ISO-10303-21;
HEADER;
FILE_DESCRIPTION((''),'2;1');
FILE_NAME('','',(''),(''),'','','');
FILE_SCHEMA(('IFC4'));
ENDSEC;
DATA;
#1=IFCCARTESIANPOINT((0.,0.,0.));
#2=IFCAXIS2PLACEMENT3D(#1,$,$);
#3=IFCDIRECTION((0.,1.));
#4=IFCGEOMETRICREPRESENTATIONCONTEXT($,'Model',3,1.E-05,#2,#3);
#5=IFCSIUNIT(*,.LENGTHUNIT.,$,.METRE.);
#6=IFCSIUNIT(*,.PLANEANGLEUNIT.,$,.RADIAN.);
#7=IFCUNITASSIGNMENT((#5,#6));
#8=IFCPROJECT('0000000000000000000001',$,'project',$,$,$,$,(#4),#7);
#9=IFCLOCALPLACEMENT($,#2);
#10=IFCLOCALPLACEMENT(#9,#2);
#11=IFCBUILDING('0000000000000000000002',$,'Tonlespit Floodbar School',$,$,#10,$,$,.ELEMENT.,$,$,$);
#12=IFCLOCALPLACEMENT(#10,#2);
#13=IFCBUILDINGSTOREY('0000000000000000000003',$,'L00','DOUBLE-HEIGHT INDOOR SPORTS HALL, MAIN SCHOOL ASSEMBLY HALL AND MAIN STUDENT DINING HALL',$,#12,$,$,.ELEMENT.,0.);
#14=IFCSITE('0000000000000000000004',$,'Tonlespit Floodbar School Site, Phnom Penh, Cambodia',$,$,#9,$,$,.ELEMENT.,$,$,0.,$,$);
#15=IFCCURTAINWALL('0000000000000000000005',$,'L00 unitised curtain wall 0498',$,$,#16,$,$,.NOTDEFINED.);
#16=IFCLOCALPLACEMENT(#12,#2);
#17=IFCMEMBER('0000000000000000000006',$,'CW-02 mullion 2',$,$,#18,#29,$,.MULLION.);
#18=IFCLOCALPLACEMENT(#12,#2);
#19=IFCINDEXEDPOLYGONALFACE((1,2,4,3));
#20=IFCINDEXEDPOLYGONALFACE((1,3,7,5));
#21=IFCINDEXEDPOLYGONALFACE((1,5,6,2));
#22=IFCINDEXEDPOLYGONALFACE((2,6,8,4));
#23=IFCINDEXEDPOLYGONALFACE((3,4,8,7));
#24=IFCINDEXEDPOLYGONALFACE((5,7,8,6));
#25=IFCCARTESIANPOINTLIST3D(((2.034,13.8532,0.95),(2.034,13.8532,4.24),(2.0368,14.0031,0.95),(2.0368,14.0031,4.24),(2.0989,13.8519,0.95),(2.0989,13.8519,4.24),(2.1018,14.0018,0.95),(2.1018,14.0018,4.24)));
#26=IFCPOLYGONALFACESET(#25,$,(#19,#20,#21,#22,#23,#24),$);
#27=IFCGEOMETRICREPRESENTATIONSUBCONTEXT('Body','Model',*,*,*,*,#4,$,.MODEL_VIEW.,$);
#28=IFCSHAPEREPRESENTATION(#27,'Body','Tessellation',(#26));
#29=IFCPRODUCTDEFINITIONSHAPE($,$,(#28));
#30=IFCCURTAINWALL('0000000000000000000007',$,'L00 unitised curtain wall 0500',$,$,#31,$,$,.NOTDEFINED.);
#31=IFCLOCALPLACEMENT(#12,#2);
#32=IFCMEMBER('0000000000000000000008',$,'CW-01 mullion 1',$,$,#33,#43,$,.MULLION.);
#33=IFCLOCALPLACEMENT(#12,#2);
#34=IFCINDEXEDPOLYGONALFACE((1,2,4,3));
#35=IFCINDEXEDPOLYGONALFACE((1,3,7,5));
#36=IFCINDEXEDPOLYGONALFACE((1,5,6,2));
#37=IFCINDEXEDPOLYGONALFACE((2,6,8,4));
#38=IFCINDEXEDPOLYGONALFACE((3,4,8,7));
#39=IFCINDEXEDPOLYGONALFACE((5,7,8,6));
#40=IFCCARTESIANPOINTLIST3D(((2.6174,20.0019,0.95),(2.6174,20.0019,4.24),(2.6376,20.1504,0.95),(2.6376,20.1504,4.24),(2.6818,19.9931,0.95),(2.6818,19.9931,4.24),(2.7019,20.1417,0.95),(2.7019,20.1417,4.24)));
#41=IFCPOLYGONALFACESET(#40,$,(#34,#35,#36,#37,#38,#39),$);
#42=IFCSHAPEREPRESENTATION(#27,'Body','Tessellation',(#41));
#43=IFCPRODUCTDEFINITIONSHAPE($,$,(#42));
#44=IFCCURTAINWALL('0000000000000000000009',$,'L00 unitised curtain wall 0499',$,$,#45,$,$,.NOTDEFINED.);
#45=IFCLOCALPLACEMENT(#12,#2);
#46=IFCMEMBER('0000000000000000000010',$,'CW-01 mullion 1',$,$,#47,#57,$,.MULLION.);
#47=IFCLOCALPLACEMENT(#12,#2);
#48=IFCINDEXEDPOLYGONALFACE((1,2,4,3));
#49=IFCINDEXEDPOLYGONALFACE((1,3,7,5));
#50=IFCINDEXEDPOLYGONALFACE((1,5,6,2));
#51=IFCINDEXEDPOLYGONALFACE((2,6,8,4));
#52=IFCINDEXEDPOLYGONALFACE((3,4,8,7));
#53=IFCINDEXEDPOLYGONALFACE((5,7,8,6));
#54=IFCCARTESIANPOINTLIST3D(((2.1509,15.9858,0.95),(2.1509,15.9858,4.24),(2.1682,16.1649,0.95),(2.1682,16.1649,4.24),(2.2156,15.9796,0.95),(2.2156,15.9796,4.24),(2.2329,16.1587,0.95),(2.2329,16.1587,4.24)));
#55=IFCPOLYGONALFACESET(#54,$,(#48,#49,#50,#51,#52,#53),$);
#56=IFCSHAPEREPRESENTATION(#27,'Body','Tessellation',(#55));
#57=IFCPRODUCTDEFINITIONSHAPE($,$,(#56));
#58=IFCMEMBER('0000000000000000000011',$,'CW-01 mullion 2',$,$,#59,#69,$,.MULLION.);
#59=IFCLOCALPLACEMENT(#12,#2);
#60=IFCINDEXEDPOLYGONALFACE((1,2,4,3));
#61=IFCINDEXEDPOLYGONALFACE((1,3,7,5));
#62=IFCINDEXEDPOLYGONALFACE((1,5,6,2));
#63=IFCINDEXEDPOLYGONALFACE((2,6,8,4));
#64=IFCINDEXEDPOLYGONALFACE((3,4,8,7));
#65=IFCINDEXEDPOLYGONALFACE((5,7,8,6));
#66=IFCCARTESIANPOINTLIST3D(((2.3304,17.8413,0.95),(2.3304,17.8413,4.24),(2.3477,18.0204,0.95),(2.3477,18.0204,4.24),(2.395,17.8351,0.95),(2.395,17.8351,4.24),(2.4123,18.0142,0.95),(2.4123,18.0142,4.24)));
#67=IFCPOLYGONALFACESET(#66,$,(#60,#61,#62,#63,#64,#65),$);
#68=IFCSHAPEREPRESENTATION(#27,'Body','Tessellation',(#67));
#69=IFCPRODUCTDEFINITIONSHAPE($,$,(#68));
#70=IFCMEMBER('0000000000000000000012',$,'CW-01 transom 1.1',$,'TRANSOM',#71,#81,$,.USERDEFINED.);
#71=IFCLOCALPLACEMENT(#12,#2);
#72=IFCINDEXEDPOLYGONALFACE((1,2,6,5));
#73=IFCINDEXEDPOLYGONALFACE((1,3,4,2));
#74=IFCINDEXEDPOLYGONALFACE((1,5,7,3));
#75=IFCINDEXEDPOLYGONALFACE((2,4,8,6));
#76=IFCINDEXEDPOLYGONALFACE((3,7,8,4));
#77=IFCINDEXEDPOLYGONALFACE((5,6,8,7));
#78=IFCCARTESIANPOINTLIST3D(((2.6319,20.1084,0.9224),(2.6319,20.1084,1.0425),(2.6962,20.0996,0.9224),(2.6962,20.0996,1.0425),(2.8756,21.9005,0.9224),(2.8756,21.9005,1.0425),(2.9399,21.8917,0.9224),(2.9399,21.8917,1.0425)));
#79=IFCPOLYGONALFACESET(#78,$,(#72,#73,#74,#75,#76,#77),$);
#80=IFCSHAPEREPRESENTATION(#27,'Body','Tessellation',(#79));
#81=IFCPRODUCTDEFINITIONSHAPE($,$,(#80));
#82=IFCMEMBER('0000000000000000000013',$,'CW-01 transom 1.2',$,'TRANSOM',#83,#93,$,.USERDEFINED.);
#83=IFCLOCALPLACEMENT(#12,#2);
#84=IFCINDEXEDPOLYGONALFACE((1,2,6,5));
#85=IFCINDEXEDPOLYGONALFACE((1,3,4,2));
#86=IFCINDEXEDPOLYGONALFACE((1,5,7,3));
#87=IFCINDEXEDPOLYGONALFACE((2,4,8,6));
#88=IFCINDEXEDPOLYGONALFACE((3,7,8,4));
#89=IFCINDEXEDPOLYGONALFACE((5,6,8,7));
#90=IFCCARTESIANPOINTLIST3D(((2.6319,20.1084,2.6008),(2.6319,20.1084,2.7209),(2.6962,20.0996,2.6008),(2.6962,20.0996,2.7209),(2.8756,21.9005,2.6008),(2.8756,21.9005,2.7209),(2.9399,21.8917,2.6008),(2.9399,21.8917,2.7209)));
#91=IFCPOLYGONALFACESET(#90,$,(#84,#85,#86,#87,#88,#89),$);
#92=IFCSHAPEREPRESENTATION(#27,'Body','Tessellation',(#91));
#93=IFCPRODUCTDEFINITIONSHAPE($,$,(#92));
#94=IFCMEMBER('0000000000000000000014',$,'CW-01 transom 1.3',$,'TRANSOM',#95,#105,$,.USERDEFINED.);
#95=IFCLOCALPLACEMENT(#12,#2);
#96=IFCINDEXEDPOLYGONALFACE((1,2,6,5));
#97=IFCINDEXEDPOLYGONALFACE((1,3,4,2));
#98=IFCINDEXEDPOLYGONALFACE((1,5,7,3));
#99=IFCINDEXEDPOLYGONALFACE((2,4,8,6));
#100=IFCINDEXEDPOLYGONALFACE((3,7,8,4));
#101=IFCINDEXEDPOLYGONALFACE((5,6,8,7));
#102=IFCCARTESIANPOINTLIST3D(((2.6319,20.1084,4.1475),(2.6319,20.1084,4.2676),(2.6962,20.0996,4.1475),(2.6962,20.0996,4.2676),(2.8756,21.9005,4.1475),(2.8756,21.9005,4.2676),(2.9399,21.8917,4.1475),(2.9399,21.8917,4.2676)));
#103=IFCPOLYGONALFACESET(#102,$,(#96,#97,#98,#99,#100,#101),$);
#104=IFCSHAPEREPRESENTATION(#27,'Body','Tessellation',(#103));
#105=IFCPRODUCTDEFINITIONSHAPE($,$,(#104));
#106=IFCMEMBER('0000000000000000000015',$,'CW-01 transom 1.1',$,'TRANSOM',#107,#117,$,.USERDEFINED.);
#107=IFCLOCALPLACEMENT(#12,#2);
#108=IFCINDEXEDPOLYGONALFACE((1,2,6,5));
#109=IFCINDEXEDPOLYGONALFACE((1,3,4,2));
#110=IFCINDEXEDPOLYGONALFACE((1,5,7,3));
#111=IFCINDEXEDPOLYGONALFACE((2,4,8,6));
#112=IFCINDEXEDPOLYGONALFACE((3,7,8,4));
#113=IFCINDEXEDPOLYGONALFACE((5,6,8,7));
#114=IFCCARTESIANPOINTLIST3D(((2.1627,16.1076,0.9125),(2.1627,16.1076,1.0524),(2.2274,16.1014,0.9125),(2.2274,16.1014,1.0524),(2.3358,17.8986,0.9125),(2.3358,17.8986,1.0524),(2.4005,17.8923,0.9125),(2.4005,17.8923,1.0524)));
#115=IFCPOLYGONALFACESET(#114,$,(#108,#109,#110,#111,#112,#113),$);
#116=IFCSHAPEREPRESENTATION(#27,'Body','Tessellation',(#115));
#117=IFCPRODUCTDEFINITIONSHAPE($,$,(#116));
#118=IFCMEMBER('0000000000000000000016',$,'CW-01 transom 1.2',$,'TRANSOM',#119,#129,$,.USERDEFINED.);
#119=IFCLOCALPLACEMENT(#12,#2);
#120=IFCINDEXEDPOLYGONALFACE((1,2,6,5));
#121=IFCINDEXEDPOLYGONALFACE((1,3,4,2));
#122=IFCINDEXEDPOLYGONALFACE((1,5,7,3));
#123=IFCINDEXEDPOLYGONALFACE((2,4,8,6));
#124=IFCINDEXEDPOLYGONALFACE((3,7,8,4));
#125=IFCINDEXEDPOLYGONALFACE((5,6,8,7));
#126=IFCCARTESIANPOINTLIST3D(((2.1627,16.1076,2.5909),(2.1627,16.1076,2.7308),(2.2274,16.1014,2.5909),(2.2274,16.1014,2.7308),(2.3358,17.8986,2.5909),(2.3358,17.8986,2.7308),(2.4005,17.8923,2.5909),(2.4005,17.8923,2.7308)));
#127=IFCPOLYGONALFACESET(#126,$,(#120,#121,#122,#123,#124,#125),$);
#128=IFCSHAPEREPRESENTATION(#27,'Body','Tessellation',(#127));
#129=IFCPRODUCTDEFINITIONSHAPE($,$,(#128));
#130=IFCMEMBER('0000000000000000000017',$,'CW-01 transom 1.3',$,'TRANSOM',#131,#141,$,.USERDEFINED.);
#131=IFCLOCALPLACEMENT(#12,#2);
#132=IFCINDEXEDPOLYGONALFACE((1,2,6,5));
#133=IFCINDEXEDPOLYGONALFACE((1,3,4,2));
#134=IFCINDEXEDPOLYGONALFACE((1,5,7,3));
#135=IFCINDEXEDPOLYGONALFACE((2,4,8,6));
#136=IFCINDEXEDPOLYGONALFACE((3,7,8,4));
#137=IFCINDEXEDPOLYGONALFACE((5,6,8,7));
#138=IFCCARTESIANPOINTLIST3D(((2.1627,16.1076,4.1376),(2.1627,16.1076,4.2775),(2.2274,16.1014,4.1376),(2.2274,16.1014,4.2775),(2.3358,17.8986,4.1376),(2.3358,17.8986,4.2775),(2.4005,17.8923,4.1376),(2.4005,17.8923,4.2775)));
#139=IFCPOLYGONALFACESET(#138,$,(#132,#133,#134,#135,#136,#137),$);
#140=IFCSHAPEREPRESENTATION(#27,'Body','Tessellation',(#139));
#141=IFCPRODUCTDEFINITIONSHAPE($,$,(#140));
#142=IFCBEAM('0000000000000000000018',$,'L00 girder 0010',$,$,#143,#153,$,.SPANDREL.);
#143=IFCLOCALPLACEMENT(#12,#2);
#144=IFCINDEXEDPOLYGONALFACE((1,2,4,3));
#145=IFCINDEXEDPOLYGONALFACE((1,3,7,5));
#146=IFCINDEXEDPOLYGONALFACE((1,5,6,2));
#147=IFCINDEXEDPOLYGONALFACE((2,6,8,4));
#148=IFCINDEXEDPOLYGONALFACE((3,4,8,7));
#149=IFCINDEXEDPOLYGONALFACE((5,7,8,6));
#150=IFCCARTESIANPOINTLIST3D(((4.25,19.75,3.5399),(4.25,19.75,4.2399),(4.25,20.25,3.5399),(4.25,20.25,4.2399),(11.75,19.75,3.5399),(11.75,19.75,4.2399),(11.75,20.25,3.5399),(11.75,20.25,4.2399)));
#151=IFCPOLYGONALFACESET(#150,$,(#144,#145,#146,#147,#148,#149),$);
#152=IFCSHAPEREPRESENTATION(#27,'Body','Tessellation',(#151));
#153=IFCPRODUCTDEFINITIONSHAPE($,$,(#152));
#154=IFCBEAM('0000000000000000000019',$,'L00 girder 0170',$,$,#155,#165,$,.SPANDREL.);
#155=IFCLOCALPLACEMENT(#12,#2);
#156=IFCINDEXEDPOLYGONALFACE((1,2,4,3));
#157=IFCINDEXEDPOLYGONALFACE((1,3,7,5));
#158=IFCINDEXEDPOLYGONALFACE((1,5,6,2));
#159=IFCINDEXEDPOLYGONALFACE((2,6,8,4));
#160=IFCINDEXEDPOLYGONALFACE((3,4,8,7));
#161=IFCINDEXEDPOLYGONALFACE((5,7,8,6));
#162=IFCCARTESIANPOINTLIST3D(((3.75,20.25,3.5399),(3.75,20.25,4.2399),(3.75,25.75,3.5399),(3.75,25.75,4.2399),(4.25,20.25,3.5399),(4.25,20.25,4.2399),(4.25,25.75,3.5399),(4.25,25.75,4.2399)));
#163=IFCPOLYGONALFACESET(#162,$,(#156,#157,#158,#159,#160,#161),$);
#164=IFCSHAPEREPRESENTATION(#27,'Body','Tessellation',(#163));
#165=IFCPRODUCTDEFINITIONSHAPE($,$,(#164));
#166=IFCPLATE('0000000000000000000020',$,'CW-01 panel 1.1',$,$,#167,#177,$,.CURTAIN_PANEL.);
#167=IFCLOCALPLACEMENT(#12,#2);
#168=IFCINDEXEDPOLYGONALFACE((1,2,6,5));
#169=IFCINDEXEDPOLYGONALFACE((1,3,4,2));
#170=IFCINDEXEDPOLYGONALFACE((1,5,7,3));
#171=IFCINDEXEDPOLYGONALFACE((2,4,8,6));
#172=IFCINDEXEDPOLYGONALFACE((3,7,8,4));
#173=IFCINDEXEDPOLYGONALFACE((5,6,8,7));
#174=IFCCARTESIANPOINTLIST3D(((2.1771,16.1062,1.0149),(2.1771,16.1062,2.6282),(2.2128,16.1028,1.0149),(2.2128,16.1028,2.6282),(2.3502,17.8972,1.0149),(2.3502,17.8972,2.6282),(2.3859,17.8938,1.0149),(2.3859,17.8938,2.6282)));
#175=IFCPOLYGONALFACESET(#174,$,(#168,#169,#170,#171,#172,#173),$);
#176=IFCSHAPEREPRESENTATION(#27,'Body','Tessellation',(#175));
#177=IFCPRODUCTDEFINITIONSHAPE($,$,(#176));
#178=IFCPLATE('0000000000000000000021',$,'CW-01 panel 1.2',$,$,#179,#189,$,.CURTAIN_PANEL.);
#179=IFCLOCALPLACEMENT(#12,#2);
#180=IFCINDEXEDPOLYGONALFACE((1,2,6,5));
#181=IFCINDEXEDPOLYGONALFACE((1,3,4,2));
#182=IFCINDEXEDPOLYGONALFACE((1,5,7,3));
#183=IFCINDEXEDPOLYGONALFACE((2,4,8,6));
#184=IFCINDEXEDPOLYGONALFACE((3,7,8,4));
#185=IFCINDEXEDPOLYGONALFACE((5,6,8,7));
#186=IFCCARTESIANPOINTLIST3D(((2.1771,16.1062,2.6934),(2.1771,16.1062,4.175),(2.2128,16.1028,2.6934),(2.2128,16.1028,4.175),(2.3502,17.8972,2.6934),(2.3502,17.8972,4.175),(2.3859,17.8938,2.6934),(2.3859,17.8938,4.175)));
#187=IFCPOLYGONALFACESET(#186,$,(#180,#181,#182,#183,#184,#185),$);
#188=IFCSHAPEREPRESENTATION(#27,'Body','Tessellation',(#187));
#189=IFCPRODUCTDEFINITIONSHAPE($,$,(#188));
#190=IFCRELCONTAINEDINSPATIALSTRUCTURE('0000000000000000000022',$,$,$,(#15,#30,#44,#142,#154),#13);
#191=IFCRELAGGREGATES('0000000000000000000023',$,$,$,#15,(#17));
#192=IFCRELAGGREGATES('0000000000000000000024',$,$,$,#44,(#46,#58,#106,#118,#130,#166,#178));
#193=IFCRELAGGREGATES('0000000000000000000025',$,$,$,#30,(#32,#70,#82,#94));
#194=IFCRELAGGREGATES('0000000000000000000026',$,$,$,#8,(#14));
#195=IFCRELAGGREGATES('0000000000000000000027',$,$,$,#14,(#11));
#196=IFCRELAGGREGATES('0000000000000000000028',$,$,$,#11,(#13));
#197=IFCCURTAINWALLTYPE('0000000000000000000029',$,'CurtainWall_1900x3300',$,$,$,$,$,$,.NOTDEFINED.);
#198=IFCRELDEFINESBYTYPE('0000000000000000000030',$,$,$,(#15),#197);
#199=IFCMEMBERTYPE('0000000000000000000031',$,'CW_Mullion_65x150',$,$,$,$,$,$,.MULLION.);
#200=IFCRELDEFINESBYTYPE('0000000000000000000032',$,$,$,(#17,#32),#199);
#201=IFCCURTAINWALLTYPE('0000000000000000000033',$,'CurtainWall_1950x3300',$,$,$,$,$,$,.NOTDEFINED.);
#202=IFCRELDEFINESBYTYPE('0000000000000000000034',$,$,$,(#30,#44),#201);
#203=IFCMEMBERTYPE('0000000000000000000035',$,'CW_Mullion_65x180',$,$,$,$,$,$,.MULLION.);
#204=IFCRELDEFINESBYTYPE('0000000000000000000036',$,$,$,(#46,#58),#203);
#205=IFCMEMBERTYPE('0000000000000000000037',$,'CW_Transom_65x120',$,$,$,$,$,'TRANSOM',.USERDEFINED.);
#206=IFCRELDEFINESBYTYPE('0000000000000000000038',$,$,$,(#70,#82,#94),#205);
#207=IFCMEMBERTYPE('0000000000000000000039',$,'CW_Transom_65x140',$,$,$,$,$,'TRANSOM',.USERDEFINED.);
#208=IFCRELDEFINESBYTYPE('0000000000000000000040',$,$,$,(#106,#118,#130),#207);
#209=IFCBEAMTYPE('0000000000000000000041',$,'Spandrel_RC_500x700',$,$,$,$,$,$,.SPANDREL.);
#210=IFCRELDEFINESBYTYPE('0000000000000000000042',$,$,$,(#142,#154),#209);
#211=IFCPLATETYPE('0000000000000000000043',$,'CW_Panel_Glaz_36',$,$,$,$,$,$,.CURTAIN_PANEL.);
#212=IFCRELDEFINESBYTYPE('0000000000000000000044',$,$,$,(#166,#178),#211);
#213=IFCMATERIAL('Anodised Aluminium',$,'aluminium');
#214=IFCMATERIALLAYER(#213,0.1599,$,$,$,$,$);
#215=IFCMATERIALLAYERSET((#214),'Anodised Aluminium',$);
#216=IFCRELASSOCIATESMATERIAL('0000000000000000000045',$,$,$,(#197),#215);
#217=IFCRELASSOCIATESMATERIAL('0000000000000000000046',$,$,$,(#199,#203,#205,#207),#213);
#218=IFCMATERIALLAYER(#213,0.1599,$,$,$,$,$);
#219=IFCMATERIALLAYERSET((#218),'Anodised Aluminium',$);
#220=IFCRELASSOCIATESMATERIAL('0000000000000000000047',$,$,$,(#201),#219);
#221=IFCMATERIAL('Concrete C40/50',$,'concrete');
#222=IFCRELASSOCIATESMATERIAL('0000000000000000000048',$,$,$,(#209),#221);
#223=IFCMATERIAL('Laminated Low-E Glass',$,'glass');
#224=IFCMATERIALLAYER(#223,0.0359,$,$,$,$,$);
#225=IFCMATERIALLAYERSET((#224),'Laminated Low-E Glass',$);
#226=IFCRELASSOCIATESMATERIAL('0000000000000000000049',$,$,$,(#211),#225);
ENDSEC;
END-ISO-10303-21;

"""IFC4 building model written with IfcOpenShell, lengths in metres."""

from ifc_helpers import new_model, si_unit, direction, frame, origin, origin_2d, place, context, subcontext, project, spatial, rectangle, extrude, material, layer, layer_set, material_profile, profile_set, type_object, element, aggregate, save


model = new_model("IFC4")

# Units and contexts
model_context = context("Model", 3, precision=1e-05, world=origin(), true_north=direction((0.0, 1.0)))
body_context = subcontext(model_context, "Body", "Model", "MODEL_VIEW")
ifc_project = project(units=[si_unit("LENGTHUNIT", "METRE"), si_unit("PLANEANGLEUNIT", "RADIAN")], contexts=[model_context])

# Site, building, storey
site_placement = place(None, origin())
site = spatial("IfcSite", under=ifc_project, at=site_placement, Name="Tonlespit Floodbar School Site, Phnom Penh, Cambodia", CompositionType="ELEMENT", RefElevation=0.0)
building_placement = place(site_placement, origin())
building = spatial("IfcBuilding", under=site, at=building_placement, Name="Tonlespit Floodbar School", CompositionType="ELEMENT")
storey_placement = place(building_placement, origin())
storey = spatial("IfcBuildingStorey", under=building, at=storey_placement, Name="L00", Description="DOUBLE-HEIGHT INDOOR SPORTS HALL, MAIN SCHOOL ASSEMBLY HALL AND MAIN STUDENT DINING HALL", CompositionType="ELEMENT", Elevation=0.0)

# Shared definitions
ifc_material_1 = material(Name="Concrete C40/50", Category="concrete")

# Curtain walls, members
ifc_material_2 = material(Name="Anodised Aluminium", Category="aluminium")
ifc_layer_1 = layer(ifc_material_2, 0.1599)
ifc_layer_set_1 = layer_set([ifc_layer_1], Name="Anodised Aluminium")
curtain_wall_type_1 = type_object("IfcCurtainWallType", Name="CurtainWall_1900x3300", PredefinedType="NOTDEFINED", material=ifc_layer_set_1)
curtain_wall_1_placement = place(storey_placement, origin())
curtain_wall_1 = element("IfcCurtainWall", 1, at=curtain_wall_1_placement, inside=storey, type_object=curtain_wall_type_1, Name="L00 unitised curtain wall 0498", PredefinedType="NOTDEFINED")
ifc_material_profile_1 = material_profile(ifc_material_2, rectangle(XDim=0.0649, YDim=0.1499, at=origin_2d()), Name="ALU M65x150")
ifc_profile_set_1 = profile_set([ifc_material_profile_1], Name="Anodised Aluminium")
member_type_1 = type_object("IfcMemberType", Name="CW_Mullion_65x150", PredefinedType="MULLION", material=ifc_profile_set_1)
member_1_placement = place(storey_placement, frame((2.0679, 13.9275, 0.95), z_axis=(0.0, 0.0, 1.0), x_axis=(-0.999815, 0.019215, 0.0)))
member_1 = element("IfcMember", 2, at=member_1_placement, type_object=member_type_1, Name="CW-02 mullion 2", PredefinedType="MULLION", context=body_context, shape_type="SweptSolid", body=[
    extrude(rectangle(XDim=0.0649, YDim=0.1499, at=origin_2d()), origin(), (0.0, 0.0, 1.0), 3.29),
])
aggregate(curtain_wall_1, [member_1])
ifc_layer_2 = layer(ifc_material_2, 0.1599)
ifc_layer_set_2 = layer_set([ifc_layer_2], Name="Anodised Aluminium")
curtain_wall_type_2 = type_object("IfcCurtainWallType", Name="CurtainWall_1950x3300", PredefinedType="NOTDEFINED", material=ifc_layer_set_2)
curtain_wall_2_placement = place(storey_placement, origin())
curtain_wall_2 = element("IfcCurtainWall", 3, at=curtain_wall_2_placement, inside=storey, type_object=curtain_wall_type_2, Name="L00 unitised curtain wall 0500", PredefinedType="NOTDEFINED")
member_2_placement = place(storey_placement, frame((2.6597, 20.0718, 0.95), z_axis=(0.0, 0.0, 1.0), x_axis=(-0.990894, 0.134644, 0.0)))
member_2 = element("IfcMember", 4, at=member_2_placement, type_object=member_type_1, Name="CW-01 mullion 1", PredefinedType="MULLION", context=body_context, shape_type="SweptSolid", body=[
    extrude(rectangle(XDim=0.0649, YDim=0.1499, at=origin_2d()), origin(), (0.0, 0.0, 1.0), 3.29),
])

# Curtain wall, members
curtain_wall_3_placement = place(storey_placement, origin())
curtain_wall_3 = element("IfcCurtainWall", 5, at=curtain_wall_3_placement, inside=storey, type_object=curtain_wall_type_2, Name="L00 unitised curtain wall 0499", PredefinedType="NOTDEFINED")
ifc_material_profile_2 = material_profile(ifc_material_2, rectangle(XDim=0.0649, YDim=0.1799, at=origin_2d()), Name="ALU M65x180")
ifc_profile_set_2 = profile_set([ifc_material_profile_2], Name="Anodised Aluminium")
member_type_2 = type_object("IfcMemberType", Name="CW_Mullion_65x180", PredefinedType="MULLION", material=ifc_profile_set_2)
member_3_placement = place(storey_placement, frame((2.1919, 16.0723, 0.95), z_axis=(0.0, 0.0, 1.0), x_axis=(-0.995362, 0.096198, 0.0)))
member_3 = element("IfcMember", 6, at=member_3_placement, type_object=member_type_2, Name="CW-01 mullion 1", PredefinedType="MULLION", context=body_context, shape_type="SweptSolid", body=[
    extrude(rectangle(XDim=0.0649, YDim=0.1799, at=origin_2d()), origin(), (0.0, 0.0, 1.0), 3.29),
])
member_4_placement = place(storey_placement, frame((2.3713, 17.9277, 0.95), z_axis=(0.0, 0.0, 1.0), x_axis=(-0.995362, 0.096198, 0.0)))
member_4 = element("IfcMember", 7, at=member_4_placement, type_object=member_type_2, Name="CW-01 mullion 2", PredefinedType="MULLION", context=body_context, shape_type="SweptSolid", body=[
    extrude(rectangle(XDim=0.0649, YDim=0.1799, at=origin_2d()), origin(), (0.0, 0.0, 1.0), 3.29),
])

# Members
ifc_material_profile_3 = material_profile(ifc_material_2, rectangle(XDim=0.0649, YDim=0.1201, at=origin_2d()), Name="ALU T65x120")
ifc_profile_set_3 = profile_set([ifc_material_profile_3], Name="Anodised Aluminium")
member_type_3 = type_object("IfcMemberType", Name="CW_Transom_65x120", ElementType="TRANSOM", PredefinedType="USERDEFINED", material=ifc_profile_set_3)
member_5_placement = place(storey_placement, frame((2.6641, 20.104, 0.9824), z_axis=(0.134728, 0.990883, 0.0), x_axis=(-0.990883, 0.134728, 0.0)))
member_5 = element("IfcMember", 8, at=member_5_placement, type_object=member_type_3, Name="CW-01 transom 1.1", ObjectType="TRANSOM", PredefinedType="USERDEFINED", context=body_context, shape_type="SweptSolid", body=[
    extrude(rectangle(XDim=0.0649, YDim=0.1201, at=origin_2d()), origin(), (0.0, 0.0, 1.0), 1.8086),
])
member_6_placement = place(storey_placement, frame((2.6641, 20.104, 2.6609), z_axis=(0.134728, 0.990883, 0.0), x_axis=(-0.990883, 0.134728, 0.0)))
member_6 = element("IfcMember", 9, at=member_6_placement, type_object=member_type_3, Name="CW-01 transom 1.2", ObjectType="TRANSOM", PredefinedType="USERDEFINED", context=body_context, shape_type="SweptSolid", body=[
    extrude(rectangle(XDim=0.0649, YDim=0.1201, at=origin_2d()), origin(), (0.0, 0.0, 1.0), 1.8086),
])
member_7_placement = place(storey_placement, frame((2.6641, 20.104, 4.2075), z_axis=(0.134728, 0.990883, 0.0), x_axis=(-0.990883, 0.134728, 0.0)))
member_7 = element("IfcMember", 10, at=member_7_placement, type_object=member_type_3, Name="CW-01 transom 1.3", ObjectType="TRANSOM", PredefinedType="USERDEFINED", context=body_context, shape_type="SweptSolid", body=[
    extrude(rectangle(XDim=0.0649, YDim=0.1201, at=origin_2d()), origin(), (0.0, 0.0, 1.0), 1.8086),
])
ifc_material_profile_4 = material_profile(ifc_material_2, rectangle(XDim=0.0649, YDim=0.1399, at=origin_2d()), Name="ALU T65x140")
ifc_profile_set_4 = profile_set([ifc_material_profile_4], Name="Anodised Aluminium")
member_type_4 = type_object("IfcMemberType", Name="CW_Transom_65x140", ElementType="TRANSOM", PredefinedType="USERDEFINED", material=ifc_profile_set_4)
member_8_placement = place(storey_placement, frame((2.1951, 16.1045, 0.9824), z_axis=(0.096198, 0.995362, 0.0), x_axis=(-0.995362, 0.096198, 0.0)))
member_8 = element("IfcMember", 11, at=member_8_placement, type_object=member_type_4, Name="CW-01 transom 1.1", ObjectType="TRANSOM", PredefinedType="USERDEFINED", context=body_context, shape_type="SweptSolid", body=[
    extrude(rectangle(XDim=0.0649, YDim=0.1399, at=origin_2d()), origin(), (0.0, 0.0, 1.0), 1.7993),
])
member_9_placement = place(storey_placement, frame((2.1951, 16.1045, 2.6609), z_axis=(0.096198, 0.995362, 0.0), x_axis=(-0.995362, 0.096198, 0.0)))
member_9 = element("IfcMember", 12, at=member_9_placement, type_object=member_type_4, Name="CW-01 transom 1.2", ObjectType="TRANSOM", PredefinedType="USERDEFINED", context=body_context, shape_type="SweptSolid", body=[
    extrude(rectangle(XDim=0.0649, YDim=0.1399, at=origin_2d()), origin(), (0.0, 0.0, 1.0), 1.7993),
])
member_10_placement = place(storey_placement, frame((2.1951, 16.1045, 4.2075), z_axis=(0.096198, 0.995362, 0.0), x_axis=(-0.995362, 0.096198, 0.0)))
member_10 = element("IfcMember", 13, at=member_10_placement, type_object=member_type_4, Name="CW-01 transom 1.3", ObjectType="TRANSOM", PredefinedType="USERDEFINED", context=body_context, shape_type="SweptSolid", body=[
    extrude(rectangle(XDim=0.0649, YDim=0.1399, at=origin_2d()), origin(), (0.0, 0.0, 1.0), 1.7993),
])

# Beams
ifc_material_profile_5 = material_profile(ifc_material_1, rectangle(XDim=0.5, YDim=0.7, at=origin_2d()), Name="RC 500x700")
ifc_profile_set_5 = profile_set([ifc_material_profile_5], Name="Concrete C40/50")
beam_type_1 = type_object("IfcBeamType", Name="Spandrel_RC_500x700", PredefinedType="SPANDREL", material=ifc_profile_set_5)
beam_1_placement = place(storey_placement, frame((4.25, 20.0, 3.8899), z_axis=(1.0, 0.0, 0.0), x_axis=(0.0, 1.0, 0.0)))
element("IfcBeam", 14, at=beam_1_placement, inside=storey, type_object=beam_type_1, Name="L00 girder 0010", PredefinedType="SPANDREL", context=body_context, shape_type="SweptSolid", body=[
    extrude(rectangle(XDim=0.5, YDim=0.7, at=origin_2d()), origin(), (0.0, 0.0, 1.0), 7.5),
])
beam_2_placement = place(storey_placement, frame((4.0, 20.25, 3.8899), z_axis=(0.0, 1.0, 0.0), x_axis=(-1.0, 0.0, 0.0)))
element("IfcBeam", 15, at=beam_2_placement, inside=storey, type_object=beam_type_1, Name="L00 girder 0170", PredefinedType="SPANDREL", context=body_context, shape_type="SweptSolid", body=[
    extrude(rectangle(XDim=0.5, YDim=0.7, at=origin_2d()), origin(), (0.0, 0.0, 1.0), 5.5),
])

# Plates
ifc_material_3 = material(Name="Laminated Low-E Glass", Category="glass")
ifc_layer_3 = layer(ifc_material_3, 0.0359)
ifc_layer_set_3 = layer_set([ifc_layer_3], Name="Laminated Low-E Glass")
plate_type_1 = type_object("IfcPlateType", Name="CW_Panel_Glaz_36", PredefinedType="CURTAIN_PANEL", material=ifc_layer_set_3)
plate_1_placement = place(storey_placement, frame((2.2815, 17.0, 1.0149), z_axis=(0.0, 0.0, 1.0), x_axis=(0.096198, 0.995362, 0.0)))
plate_1 = element("IfcPlate", 16, at=plate_1_placement, type_object=plate_type_1, Name="CW-01 panel 1.1", PredefinedType="CURTAIN_PANEL", context=body_context, shape_type="SweptSolid", body=[
    extrude(rectangle(XDim=1.7993, YDim=0.0359, at=origin_2d()), origin(), (0.0, 0.0, 1.0), 1.6133),
])
plate_2_placement = place(storey_placement, frame((2.2815, 17.0, 2.6934), z_axis=(0.0, 0.0, 1.0), x_axis=(0.096198, 0.995362, 0.0)))
plate_2 = element("IfcPlate", 17, at=plate_2_placement, type_object=plate_type_1, Name="CW-01 panel 1.2", PredefinedType="CURTAIN_PANEL", context=body_context, shape_type="SweptSolid", body=[
    extrude(rectangle(XDim=1.7993, YDim=0.0359, at=origin_2d()), origin(), (0.0, 0.0, 1.0), 1.4817),
])
aggregate(curtain_wall_3, [member_3, member_4, member_8, member_9, member_10, plate_1, plate_2])
aggregate(curtain_wall_2, [member_2, member_5, member_6, member_7])

save(model, "model.ifc")
